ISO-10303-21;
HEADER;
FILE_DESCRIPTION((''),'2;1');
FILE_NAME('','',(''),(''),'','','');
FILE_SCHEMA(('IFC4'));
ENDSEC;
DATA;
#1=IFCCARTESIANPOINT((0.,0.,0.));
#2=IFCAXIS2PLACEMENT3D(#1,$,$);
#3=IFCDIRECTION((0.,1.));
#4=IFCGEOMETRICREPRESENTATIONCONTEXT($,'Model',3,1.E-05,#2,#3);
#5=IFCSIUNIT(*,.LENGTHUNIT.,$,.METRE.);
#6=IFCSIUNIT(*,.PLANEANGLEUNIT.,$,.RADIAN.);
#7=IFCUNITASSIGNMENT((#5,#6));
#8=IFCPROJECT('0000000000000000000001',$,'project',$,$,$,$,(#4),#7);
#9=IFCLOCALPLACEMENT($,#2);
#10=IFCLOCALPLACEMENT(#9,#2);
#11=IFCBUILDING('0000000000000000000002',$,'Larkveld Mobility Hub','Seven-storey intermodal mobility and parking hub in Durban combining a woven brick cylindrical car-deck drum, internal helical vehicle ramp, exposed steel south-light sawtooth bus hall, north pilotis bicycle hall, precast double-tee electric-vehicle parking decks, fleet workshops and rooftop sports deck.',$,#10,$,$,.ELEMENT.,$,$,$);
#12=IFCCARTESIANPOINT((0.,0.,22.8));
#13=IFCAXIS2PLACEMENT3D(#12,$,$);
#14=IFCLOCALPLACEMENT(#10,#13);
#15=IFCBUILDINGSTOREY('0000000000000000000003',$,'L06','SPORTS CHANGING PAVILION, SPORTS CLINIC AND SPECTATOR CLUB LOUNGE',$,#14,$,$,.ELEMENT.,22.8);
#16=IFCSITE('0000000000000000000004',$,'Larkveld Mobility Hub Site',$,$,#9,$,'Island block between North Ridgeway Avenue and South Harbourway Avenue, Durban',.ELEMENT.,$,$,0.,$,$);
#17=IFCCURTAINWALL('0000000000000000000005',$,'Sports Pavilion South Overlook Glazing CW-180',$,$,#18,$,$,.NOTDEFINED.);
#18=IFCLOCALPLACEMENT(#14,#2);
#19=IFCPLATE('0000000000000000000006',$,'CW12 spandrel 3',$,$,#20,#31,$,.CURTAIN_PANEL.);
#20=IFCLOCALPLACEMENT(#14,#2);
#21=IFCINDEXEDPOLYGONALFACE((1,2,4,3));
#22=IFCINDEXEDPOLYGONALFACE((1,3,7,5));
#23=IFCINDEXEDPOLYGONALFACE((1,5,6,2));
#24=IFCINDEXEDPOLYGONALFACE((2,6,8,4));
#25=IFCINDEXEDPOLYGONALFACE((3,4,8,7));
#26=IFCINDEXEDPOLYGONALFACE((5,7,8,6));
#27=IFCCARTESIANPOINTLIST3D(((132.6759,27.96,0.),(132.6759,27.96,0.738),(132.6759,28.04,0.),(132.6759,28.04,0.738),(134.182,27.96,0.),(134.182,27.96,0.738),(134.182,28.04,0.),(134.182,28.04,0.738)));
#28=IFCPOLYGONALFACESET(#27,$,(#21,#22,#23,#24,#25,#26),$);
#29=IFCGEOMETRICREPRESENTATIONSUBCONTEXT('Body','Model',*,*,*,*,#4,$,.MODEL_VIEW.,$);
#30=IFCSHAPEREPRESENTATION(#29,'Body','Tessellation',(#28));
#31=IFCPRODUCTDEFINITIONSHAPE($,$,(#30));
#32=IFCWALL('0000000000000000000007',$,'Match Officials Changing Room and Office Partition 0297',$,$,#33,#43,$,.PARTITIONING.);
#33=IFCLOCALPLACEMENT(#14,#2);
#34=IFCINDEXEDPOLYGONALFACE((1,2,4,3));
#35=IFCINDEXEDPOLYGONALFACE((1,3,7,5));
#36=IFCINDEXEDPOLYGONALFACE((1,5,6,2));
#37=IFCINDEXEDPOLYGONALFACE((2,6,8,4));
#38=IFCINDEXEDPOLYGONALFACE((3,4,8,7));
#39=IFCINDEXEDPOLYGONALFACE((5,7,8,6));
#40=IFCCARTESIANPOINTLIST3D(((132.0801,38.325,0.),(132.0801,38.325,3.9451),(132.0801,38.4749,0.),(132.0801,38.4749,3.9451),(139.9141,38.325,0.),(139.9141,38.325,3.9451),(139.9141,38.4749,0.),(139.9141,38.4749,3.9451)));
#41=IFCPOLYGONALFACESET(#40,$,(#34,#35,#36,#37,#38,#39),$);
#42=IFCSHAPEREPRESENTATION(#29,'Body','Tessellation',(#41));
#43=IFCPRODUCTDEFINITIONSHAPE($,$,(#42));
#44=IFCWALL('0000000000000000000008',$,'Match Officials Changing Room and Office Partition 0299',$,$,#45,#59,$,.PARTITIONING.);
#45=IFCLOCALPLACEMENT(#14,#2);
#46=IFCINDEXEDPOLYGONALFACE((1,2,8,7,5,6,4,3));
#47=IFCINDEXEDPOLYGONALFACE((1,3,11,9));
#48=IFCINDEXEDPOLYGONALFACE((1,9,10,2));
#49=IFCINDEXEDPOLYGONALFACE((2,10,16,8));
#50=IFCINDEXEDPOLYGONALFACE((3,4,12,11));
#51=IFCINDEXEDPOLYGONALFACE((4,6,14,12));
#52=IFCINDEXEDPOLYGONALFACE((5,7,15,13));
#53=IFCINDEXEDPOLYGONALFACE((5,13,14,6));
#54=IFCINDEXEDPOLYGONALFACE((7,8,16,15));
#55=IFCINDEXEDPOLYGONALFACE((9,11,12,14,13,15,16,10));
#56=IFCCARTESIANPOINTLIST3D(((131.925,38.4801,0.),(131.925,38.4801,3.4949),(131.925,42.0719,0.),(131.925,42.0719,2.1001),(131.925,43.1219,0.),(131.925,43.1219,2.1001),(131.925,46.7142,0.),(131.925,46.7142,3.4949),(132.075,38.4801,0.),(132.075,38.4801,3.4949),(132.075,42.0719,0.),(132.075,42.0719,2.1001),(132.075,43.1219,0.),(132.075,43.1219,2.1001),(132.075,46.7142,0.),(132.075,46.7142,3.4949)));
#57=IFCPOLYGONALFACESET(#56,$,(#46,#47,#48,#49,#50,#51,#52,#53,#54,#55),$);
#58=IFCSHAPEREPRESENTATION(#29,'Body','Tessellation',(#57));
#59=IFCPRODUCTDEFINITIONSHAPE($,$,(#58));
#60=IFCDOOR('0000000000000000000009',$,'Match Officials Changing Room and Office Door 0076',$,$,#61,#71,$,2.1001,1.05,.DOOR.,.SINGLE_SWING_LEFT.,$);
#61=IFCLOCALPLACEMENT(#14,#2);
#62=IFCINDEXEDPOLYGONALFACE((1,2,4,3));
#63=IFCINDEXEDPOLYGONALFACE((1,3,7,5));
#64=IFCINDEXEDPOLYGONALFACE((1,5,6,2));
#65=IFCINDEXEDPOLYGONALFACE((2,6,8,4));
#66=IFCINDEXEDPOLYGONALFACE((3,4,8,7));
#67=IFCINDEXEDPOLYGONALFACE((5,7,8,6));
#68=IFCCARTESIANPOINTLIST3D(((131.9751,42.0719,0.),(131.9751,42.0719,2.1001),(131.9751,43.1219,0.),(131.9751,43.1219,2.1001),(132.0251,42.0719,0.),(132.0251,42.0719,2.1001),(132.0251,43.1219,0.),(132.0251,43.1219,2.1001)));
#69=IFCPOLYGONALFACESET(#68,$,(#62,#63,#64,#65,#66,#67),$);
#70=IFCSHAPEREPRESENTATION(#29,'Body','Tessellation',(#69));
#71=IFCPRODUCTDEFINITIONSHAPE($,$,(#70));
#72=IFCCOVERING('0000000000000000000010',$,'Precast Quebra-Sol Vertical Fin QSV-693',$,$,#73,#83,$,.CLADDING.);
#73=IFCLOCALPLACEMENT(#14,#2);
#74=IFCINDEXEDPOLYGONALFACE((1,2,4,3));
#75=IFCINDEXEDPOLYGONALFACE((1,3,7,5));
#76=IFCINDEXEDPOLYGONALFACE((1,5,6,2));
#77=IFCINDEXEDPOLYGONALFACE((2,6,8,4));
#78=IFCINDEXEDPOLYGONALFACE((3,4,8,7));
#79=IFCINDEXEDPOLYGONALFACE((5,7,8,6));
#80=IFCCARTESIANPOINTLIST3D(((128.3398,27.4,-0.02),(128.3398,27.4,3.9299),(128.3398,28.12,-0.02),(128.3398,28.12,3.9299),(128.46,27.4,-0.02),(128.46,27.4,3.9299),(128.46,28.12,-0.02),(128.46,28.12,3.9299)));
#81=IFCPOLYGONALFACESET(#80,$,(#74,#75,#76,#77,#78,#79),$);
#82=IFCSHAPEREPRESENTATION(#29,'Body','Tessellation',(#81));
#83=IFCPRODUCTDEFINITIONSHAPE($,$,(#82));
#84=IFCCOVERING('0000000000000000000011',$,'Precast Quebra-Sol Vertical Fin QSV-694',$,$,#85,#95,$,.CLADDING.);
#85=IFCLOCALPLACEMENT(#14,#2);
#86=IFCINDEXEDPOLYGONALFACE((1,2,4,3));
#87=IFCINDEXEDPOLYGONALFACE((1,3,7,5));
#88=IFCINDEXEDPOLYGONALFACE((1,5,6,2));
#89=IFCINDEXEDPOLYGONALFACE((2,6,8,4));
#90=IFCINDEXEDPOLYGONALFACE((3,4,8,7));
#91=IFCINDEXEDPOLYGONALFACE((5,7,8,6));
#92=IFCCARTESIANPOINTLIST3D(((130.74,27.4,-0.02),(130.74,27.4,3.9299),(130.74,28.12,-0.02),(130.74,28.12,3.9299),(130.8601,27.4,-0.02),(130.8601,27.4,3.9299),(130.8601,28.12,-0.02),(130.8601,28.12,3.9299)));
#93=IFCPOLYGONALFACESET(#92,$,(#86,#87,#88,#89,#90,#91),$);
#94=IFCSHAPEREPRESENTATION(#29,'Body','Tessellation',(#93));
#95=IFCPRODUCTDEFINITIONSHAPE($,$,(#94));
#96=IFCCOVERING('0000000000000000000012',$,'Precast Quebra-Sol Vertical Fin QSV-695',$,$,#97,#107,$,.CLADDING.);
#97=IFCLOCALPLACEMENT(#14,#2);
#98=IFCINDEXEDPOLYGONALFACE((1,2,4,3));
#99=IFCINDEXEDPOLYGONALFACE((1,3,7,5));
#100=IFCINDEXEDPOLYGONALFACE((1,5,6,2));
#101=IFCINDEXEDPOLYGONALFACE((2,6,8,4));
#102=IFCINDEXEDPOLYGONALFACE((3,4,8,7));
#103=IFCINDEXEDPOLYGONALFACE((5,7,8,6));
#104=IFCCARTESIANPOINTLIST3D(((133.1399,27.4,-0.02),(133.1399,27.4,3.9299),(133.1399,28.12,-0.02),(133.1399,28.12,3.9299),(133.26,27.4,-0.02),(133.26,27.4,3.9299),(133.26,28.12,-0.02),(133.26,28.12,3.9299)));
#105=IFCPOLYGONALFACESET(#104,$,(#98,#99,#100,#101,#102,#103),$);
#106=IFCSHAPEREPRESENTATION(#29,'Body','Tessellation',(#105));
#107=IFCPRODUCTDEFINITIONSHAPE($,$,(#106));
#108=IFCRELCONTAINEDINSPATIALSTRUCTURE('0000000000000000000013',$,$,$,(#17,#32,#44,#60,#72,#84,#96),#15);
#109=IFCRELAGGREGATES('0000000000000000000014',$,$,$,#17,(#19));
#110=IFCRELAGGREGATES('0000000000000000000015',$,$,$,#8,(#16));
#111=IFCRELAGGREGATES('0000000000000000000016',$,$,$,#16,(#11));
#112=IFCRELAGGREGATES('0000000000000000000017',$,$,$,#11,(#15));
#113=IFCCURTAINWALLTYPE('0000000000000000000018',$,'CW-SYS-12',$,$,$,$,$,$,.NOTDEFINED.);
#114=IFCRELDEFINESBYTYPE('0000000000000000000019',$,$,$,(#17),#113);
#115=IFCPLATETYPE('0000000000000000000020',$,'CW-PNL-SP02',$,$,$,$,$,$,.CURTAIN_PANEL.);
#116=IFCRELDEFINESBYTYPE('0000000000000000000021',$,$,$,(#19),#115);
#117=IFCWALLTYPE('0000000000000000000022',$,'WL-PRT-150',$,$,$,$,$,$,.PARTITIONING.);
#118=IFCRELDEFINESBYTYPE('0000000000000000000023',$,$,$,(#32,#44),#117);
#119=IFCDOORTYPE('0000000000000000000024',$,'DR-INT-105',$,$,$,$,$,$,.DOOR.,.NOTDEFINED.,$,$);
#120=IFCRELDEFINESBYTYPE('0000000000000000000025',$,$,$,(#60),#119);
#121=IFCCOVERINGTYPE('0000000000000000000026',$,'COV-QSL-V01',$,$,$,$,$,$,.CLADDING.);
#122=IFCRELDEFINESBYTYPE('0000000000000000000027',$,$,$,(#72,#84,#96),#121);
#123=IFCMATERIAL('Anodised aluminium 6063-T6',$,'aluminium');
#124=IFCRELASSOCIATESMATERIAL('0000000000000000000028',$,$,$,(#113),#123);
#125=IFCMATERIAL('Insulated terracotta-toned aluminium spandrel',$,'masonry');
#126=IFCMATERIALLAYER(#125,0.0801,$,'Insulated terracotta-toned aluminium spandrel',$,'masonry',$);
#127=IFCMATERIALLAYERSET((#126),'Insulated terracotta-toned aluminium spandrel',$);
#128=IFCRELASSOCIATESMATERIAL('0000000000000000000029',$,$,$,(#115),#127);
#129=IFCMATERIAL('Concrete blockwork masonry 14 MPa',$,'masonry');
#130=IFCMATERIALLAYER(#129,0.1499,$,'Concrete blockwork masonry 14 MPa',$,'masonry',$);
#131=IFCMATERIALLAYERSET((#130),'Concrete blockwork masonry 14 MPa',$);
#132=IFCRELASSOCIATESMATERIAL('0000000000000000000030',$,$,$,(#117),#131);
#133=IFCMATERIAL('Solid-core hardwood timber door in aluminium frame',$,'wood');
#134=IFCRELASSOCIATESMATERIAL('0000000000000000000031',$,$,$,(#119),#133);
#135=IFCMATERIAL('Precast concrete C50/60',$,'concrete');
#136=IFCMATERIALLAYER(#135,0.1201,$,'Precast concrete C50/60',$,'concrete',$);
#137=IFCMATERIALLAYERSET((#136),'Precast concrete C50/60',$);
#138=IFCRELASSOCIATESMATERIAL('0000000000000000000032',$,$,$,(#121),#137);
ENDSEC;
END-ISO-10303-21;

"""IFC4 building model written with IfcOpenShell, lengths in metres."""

from ifc_helpers import new_model, si_unit, direction, frame, frame_2d, origin, origin_2d, place, context, subcontext, project, spatial, rectangle, extrude, material, layer, layer_set, type_object, element, fill, aggregate, save


model = new_model("IFC4")

# Units and contexts
model_context = context("Model", 3, precision=1e-05, world=origin(), true_north=direction((0.0, 1.0)))
body_context = subcontext(model_context, "Body", "Model", "MODEL_VIEW")
ifc_project = project(units=[si_unit("LENGTHUNIT", "METRE"), si_unit("PLANEANGLEUNIT", "RADIAN")], contexts=[model_context])

# Site, building, storey
site_placement = place(None, origin())
site = spatial("IfcSite", under=ifc_project, at=site_placement, Name="Larkveld Mobility Hub Site", LongName="Island block between North Ridgeway Avenue and South Harbourway Avenue, Durban", CompositionType="ELEMENT", RefElevation=0.0)
building_placement = place(site_placement, origin())
building = spatial("IfcBuilding", under=site, at=building_placement, Name="Larkveld Mobility Hub", Description="Seven-storey intermodal mobility and parking hub in Durban combining a woven brick cylindrical car-deck drum, internal helical vehicle ramp, exposed steel south-light sawtooth bus hall, north pilotis bicycle hall, precast double-tee electric-vehicle parking decks, fleet workshops and rooftop sports deck.", CompositionType="ELEMENT")
storey_placement = place(building_placement, frame((0.0, 0.0, 22.8)))
storey = spatial("IfcBuildingStorey", under=building, at=storey_placement, Name="L06", Description="SPORTS CHANGING PAVILION, SPORTS CLINIC AND SPECTATOR CLUB LOUNGE", CompositionType="ELEMENT", Elevation=22.8)

# Shared definitions
ifc_material_1 = material(Name="Precast concrete C50/60", Category="concrete")

# Shared definitions
ifc_material_2 = material(Name="Anodised aluminium 6063-T6", Category="aluminium")

# Curtain wall, plate
curtain_wall_type_1 = type_object("IfcCurtainWallType", Name="CW-SYS-12", PredefinedType="NOTDEFINED", material=ifc_material_2)
curtain_wall_1_placement = place(storey_placement, origin())
curtain_wall_1 = element("IfcCurtainWall", 1, at=curtain_wall_1_placement, inside=storey, type_object=curtain_wall_type_1, Name="Sports Pavilion South Overlook Glazing CW-180", PredefinedType="NOTDEFINED")
ifc_material_3 = material(Name="Insulated terracotta-toned aluminium spandrel", Category="masonry")
ifc_layer_1 = layer(ifc_material_3, 0.0801, Name="Insulated terracotta-toned aluminium spandrel", Category="masonry")
ifc_layer_set_1 = layer_set([ifc_layer_1], Name="Insulated terracotta-toned aluminium spandrel")
plate_type_1 = type_object("IfcPlateType", Name="CW-PNL-SP02", PredefinedType="CURTAIN_PANEL", material=ifc_layer_set_1)
plate_1_placement = place(storey_placement, frame((133.429, 28.0, 0.0), z_axis=(0.0, 0.0, 1.0), x_axis=(1.0, 0.0, 0.0)))
plate_1 = element("IfcPlate", 2, at=plate_1_placement, type_object=plate_type_1, Name="CW12 spandrel 3", PredefinedType="CURTAIN_PANEL", context=body_context, shape_type="SweptSolid", body=[
    extrude(rectangle(XDim=1.5061, YDim=0.0801, at=origin_2d()), origin(), (0.0, 0.0, 1.0), 0.738),
])
aggregate(curtain_wall_1, [plate_1])

# Wall
ifc_material_4 = material(Name="Concrete blockwork masonry 14 MPa", Category="masonry")
ifc_layer_2 = layer(ifc_material_4, 0.1499, Name="Concrete blockwork masonry 14 MPa", Category="masonry")
ifc_layer_set_2 = layer_set([ifc_layer_2], Name="Concrete blockwork masonry 14 MPa")
wall_type = type_object("IfcWallType", Name="WL-PRT-150", PredefinedType="PARTITIONING", material=ifc_layer_set_2)
wall_1_placement = place(storey_placement, frame((132.0801, 38.3999, 0.0), z_axis=(0.0, 0.0, 1.0), x_axis=(1.0, 0.0, 0.0)))
element("IfcWall", 3, at=wall_1_placement, inside=storey, type_object=wall_type, Name="Match Officials Changing Room and Office Partition 0297", PredefinedType="PARTITIONING", context=body_context, shape_type="SweptSolid", body=[
    extrude(rectangle(XDim=7.834, YDim=0.1499, at=frame_2d((3.917, 0.0))), origin(), (0.0, 0.0, 1.0), 3.9451),
])

# Wall, opening, door
wall_2_placement = place(storey_placement, frame((132.0, 38.48, 0.0), z_axis=(0.0, 0.0, 1.0), x_axis=(0.0, 1.0, 0.0)))
wall_2 = element("IfcWall", 4, at=wall_2_placement, inside=storey, type_object=wall_type, Name="Match Officials Changing Room and Office Partition 0299", PredefinedType="PARTITIONING", context=body_context, shape_type="SweptSolid", body=[
    extrude(rectangle(XDim=8.2341, YDim=0.1499, at=frame_2d((4.1172, 0.0))), origin(), (0.0, 0.0, 1.0), 3.4949),
])
opening_placement = place(wall_2_placement, frame((3.592, 0.0, 0.0)))
opening = element("IfcOpeningElement", 5, at=opening_placement, cuts=wall_2, PredefinedType="OPENING", context=body_context, shape_type="SweptSolid", body=[
    extrude(rectangle(XDim=1.05, YDim=2.1001, at=frame_2d((0.5249, 1.05))), frame((0.0, 0.085, 0.0), z_axis=(0.0, -1.0, 0.0), x_axis=(1.0, 0.0, 0.0)), (0.0, 0.0, 1.0), 0.1699),
])
ifc_material_5 = material(Name="Solid-core hardwood timber door in aluminium frame", Category="wood")
door_type = type_object("IfcDoorType", Name="DR-INT-105", OperationType="NOTDEFINED", PredefinedType="DOOR", material=ifc_material_5)
door_placement = place(opening_placement, origin())
door = element("IfcDoor", 6, at=door_placement, inside=storey, type_object=door_type, Name="Match Officials Changing Room and Office Door 0076", OperationType="SINGLE_SWING_LEFT", OverallHeight=2.1001, OverallWidth=1.05, PredefinedType="DOOR", context=body_context, shape_type="SweptSolid", body=[
    extrude(rectangle(XDim=1.05, YDim=2.1001, at=frame_2d((0.5249, 1.05))), frame((0.0, 0.0249, 0.0), z_axis=(0.0, -1.0, 0.0), x_axis=(1.0, 0.0, 0.0)), (0.0, 0.0, 1.0), 0.05),
])
fill(opening, door)

# Coverings
ifc_layer_3 = layer(ifc_material_1, 0.1201, Name="Precast concrete C50/60", Category="concrete")
ifc_layer_set_3 = layer_set([ifc_layer_3], Name="Precast concrete C50/60")
covering_type = type_object("IfcCoveringType", Name="COV-QSL-V01", PredefinedType="CLADDING", material=ifc_layer_set_3)
for number, where, z_axis, x_axis, name in (
    (7, (128.3999, 27.76, -0.02), (0.0, 0.0, 1.0), (1.0, 0.0, 0.0), "Precast Quebra-Sol Vertical Fin QSV-693"),
    (8, (130.8, 27.76, -0.02), (0.0, 0.0, 1.0), (1.0, 0.0, 0.0), "Precast Quebra-Sol Vertical Fin QSV-694"),
    (9, (133.2, 27.76, -0.02), (0.0, 0.0, 1.0), (1.0, 0.0, 0.0), "Precast Quebra-Sol Vertical Fin QSV-695"),
):
    element("IfcCovering", number, at=place(storey_placement, frame(where, z_axis=z_axis, x_axis=x_axis)), inside=storey, type_object=covering_type, Name=name, PredefinedType="CLADDING", context=body_context, shape_type="SweptSolid", body=[
        extrude(rectangle(XDim=0.1201, YDim=0.72, at=origin_2d()), origin(), (0.0, 0.0, 1.0), 3.95),
    ])

save(model, "model.ifc")
